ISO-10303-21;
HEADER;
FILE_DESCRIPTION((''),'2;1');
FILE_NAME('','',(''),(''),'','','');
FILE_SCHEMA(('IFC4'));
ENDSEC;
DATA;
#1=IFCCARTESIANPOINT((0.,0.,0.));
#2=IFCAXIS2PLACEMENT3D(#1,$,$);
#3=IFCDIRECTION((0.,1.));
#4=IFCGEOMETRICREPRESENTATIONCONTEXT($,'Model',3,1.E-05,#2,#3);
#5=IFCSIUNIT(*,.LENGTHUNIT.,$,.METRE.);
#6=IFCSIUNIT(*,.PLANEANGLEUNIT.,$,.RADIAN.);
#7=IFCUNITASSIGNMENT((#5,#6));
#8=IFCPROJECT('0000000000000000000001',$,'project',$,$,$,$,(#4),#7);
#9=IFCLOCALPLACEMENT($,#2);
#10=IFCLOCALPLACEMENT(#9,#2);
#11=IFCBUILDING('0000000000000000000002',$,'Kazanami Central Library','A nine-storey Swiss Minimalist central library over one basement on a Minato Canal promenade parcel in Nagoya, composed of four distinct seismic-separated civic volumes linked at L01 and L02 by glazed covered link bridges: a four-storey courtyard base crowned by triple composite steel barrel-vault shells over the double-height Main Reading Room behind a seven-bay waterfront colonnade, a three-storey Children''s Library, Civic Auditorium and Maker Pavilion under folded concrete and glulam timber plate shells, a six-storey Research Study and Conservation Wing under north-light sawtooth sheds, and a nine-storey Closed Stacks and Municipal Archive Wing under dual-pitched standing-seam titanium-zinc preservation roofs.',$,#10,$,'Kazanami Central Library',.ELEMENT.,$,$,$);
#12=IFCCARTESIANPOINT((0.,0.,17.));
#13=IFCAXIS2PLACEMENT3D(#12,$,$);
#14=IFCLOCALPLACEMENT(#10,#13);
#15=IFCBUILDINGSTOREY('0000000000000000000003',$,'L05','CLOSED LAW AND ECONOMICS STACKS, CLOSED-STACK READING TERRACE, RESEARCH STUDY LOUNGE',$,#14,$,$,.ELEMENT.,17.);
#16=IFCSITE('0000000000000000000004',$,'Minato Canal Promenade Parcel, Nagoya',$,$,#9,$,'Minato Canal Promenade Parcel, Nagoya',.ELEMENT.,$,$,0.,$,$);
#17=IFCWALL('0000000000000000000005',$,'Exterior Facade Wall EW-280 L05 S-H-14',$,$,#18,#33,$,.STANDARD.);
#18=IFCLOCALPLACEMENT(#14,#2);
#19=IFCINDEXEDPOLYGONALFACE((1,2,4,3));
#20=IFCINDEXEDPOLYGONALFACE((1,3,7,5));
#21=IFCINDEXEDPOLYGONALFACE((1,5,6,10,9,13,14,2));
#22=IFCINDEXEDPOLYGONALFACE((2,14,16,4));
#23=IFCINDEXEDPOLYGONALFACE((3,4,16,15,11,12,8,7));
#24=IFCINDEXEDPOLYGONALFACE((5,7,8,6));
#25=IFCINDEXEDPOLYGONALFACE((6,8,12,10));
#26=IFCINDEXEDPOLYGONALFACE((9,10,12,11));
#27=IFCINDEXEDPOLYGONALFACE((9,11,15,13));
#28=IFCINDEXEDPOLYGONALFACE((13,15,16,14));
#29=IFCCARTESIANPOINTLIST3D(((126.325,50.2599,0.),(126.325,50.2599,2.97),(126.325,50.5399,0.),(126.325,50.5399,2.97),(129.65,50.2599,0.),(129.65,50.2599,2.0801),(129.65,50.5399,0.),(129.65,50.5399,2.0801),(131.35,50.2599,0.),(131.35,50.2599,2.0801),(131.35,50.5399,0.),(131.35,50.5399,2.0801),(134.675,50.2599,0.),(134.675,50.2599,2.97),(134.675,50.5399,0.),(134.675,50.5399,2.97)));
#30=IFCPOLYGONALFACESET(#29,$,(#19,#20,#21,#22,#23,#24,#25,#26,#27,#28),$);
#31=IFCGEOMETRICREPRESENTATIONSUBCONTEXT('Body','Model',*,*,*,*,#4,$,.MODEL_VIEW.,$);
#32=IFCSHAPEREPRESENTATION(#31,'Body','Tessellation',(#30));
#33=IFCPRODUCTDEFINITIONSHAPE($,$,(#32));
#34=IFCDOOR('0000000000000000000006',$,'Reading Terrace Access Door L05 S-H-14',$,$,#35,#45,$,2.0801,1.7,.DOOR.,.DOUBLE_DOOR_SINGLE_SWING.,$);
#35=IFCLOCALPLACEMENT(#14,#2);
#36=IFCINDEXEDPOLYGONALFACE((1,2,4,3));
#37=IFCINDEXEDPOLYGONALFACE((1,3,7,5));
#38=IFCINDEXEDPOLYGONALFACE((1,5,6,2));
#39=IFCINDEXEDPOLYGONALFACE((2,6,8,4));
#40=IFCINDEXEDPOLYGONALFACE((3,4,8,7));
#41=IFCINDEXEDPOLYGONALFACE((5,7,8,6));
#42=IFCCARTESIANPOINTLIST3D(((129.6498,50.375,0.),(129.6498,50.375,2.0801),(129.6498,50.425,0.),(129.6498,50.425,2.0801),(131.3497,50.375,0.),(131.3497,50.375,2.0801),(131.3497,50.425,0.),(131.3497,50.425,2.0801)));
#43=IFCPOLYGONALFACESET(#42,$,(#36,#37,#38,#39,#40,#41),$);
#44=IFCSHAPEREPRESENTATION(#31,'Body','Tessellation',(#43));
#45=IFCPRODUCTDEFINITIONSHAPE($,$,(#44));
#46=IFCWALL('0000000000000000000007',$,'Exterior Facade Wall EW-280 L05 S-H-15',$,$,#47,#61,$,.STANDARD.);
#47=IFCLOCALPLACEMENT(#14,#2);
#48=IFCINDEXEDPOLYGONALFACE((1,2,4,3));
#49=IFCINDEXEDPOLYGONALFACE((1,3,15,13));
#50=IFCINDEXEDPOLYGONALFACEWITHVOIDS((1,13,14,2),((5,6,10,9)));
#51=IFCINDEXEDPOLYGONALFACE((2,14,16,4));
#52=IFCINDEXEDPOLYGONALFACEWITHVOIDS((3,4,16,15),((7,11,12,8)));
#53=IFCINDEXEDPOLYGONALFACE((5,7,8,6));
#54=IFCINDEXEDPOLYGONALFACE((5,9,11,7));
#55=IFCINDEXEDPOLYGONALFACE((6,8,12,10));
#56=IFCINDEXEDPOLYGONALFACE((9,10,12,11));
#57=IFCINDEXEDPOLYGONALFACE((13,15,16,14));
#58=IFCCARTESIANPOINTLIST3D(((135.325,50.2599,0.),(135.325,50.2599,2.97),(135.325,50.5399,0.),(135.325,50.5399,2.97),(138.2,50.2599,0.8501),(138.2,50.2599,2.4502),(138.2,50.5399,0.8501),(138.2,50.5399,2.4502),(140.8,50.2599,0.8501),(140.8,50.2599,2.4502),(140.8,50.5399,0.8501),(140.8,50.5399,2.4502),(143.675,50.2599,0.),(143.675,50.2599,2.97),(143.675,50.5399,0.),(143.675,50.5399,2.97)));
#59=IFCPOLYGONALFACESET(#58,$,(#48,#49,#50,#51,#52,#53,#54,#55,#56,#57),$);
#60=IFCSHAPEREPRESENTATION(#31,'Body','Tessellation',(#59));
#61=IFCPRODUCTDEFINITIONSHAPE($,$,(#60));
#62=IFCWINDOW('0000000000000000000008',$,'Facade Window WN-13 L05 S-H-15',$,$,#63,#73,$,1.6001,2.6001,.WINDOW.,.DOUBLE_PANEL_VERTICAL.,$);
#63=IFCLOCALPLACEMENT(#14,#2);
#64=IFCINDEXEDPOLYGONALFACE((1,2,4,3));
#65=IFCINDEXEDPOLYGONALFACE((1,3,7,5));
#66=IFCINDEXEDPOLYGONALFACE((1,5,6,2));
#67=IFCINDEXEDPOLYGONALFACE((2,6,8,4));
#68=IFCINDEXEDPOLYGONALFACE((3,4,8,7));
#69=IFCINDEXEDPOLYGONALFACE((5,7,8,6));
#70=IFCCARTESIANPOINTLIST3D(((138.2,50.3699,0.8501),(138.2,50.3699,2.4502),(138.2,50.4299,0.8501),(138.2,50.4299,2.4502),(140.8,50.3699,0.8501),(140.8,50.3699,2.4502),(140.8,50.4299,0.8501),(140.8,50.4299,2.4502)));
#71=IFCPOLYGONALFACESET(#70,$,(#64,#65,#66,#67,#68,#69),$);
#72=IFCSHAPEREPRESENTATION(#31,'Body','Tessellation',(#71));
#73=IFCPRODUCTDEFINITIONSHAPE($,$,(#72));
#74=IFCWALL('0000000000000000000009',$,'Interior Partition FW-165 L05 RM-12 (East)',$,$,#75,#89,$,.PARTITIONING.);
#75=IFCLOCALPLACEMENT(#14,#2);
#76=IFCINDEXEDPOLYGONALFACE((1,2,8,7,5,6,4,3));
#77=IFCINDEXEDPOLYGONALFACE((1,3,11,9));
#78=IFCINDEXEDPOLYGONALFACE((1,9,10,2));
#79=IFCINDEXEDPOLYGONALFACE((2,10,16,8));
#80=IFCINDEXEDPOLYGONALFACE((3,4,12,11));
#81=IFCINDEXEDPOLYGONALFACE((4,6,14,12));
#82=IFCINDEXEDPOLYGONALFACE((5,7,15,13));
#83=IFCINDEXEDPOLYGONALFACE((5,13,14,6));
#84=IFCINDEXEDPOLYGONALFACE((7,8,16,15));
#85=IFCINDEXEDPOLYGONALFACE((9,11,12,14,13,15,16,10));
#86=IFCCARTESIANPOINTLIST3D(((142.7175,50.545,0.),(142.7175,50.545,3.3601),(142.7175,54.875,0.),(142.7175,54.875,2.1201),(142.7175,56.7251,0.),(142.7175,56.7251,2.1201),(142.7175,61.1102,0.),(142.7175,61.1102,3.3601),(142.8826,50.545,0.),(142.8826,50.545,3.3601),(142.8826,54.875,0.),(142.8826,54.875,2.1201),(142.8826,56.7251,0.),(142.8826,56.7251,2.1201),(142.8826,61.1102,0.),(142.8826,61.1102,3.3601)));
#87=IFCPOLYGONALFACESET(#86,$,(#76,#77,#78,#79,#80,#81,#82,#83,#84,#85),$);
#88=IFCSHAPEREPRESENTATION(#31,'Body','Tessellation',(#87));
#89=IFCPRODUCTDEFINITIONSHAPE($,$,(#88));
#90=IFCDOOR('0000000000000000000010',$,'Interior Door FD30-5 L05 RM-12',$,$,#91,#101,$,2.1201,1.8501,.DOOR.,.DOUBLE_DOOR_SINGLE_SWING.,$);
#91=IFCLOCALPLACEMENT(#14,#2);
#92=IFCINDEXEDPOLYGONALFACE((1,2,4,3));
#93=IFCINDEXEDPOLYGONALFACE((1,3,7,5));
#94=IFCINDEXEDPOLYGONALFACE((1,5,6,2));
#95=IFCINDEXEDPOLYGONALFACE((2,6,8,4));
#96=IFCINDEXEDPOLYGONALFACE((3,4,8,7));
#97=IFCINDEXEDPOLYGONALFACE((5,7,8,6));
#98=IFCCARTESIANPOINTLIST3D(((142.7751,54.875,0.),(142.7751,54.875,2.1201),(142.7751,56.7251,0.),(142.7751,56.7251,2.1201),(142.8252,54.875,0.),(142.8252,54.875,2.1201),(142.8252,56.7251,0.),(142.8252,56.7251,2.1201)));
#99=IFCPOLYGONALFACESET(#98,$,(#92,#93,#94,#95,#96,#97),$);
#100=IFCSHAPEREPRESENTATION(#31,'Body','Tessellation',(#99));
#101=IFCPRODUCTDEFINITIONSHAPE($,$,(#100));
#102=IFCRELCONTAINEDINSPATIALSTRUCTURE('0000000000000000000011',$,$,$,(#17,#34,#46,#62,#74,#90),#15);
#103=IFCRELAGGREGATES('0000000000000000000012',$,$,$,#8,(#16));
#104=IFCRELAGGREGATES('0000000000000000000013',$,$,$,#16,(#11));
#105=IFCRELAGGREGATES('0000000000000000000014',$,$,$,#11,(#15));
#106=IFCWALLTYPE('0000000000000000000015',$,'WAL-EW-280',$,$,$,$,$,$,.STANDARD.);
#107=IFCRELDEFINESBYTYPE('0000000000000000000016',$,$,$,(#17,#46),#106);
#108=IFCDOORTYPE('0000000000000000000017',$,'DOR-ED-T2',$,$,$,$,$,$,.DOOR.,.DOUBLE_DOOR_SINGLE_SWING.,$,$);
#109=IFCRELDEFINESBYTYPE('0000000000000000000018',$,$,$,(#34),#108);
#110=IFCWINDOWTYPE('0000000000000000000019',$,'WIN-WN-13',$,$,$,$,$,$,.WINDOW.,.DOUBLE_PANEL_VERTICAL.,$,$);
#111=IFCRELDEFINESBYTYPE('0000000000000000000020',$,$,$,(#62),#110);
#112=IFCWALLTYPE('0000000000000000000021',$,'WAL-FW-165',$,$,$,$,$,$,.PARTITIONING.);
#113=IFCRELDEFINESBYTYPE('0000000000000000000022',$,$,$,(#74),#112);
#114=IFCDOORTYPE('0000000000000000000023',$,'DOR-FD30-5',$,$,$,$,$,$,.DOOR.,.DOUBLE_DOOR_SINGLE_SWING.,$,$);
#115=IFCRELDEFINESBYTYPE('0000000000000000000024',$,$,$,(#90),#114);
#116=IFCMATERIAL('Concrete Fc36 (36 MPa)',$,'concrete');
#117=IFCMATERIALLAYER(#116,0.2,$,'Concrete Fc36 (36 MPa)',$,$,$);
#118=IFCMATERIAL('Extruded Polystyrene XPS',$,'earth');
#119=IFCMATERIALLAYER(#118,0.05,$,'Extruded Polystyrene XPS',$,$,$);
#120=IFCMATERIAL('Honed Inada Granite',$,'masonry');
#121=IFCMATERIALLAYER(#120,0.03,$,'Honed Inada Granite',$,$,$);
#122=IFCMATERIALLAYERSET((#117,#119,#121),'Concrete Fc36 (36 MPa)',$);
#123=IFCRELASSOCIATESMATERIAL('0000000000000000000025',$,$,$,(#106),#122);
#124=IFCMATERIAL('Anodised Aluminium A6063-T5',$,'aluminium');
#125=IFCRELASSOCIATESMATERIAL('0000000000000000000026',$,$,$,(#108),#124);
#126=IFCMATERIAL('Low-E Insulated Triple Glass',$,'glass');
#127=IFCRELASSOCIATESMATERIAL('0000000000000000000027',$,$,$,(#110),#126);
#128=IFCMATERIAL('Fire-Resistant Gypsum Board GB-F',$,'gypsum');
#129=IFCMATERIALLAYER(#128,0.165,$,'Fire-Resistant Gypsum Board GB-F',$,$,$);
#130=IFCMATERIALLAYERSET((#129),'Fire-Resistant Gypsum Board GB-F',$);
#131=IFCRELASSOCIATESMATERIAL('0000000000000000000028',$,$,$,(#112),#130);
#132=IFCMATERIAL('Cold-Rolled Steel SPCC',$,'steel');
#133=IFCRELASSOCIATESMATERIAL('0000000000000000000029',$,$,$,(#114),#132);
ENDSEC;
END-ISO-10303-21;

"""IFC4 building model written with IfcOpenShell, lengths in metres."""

from ifc_helpers import new_model, si_unit, direction, frame, frame_2d, origin, place, context, subcontext, project, spatial, rectangle, extrude, material, layer, layer_set, type_object, element, fill, save


model = new_model("IFC4")

# Units and contexts
model_context = context("Model", 3, precision=1e-05, world=origin(), true_north=direction((0.0, 1.0)))
body_context = subcontext(model_context, "Body", "Model", "MODEL_VIEW")
ifc_project = project(units=[si_unit("LENGTHUNIT", "METRE"), si_unit("PLANEANGLEUNIT", "RADIAN")], contexts=[model_context])

# Site, building, storey
site_placement = place(None, origin())
site = spatial("IfcSite", under=ifc_project, at=site_placement, Name="Minato Canal Promenade Parcel, Nagoya", LongName="Minato Canal Promenade Parcel, Nagoya", CompositionType="ELEMENT", RefElevation=0.0)
building_placement = place(site_placement, origin())
building = spatial("IfcBuilding", under=site, at=building_placement, Name="Kazanami Central Library", Description="A nine-storey Swiss Minimalist central library over one basement on a Minato Canal promenade parcel in Nagoya, composed of four distinct seismic-separated civic volumes linked at L01 and L02 by glazed covered link bridges: a four-storey courtyard base crowned by triple composite steel barrel-vault shells over the double-height Main Reading Room behind a seven-bay waterfront colonnade, a three-storey Children's Library, Civic Auditorium and Maker Pavilion under folded concrete and glulam timber plate shells, a six-storey Research Study and Conservation Wing under north-light sawtooth sheds, and a nine-storey Closed Stacks and Municipal Archive Wing under dual-pitched standing-seam titanium-zinc preservation roofs.", LongName="Kazanami Central Library", CompositionType="ELEMENT")
storey_placement = place(building_placement, frame((0.0, 0.0, 17.0)))
storey = spatial("IfcBuildingStorey", under=building, at=storey_placement, Name="L05", Description="CLOSED LAW AND ECONOMICS STACKS, CLOSED-STACK READING TERRACE, RESEARCH STUDY LOUNGE", CompositionType="ELEMENT", Elevation=17.0)

# Wall, opening, door
ifc_material_1 = material(Name="Concrete Fc36 (36 MPa)", Category="concrete")
ifc_layer_1 = layer(ifc_material_1, 0.2, Name="Concrete Fc36 (36 MPa)")
ifc_material_2 = material(Name="Extruded Polystyrene XPS", Category="earth")
ifc_layer_2 = layer(ifc_material_2, 0.05, Name="Extruded Polystyrene XPS")
ifc_material_3 = material(Name="Honed Inada Granite", Category="masonry")
ifc_layer_3 = layer(ifc_material_3, 0.03, Name="Honed Inada Granite")
ifc_layer_set_1 = layer_set([ifc_layer_1, ifc_layer_2, ifc_layer_3], Name="Concrete Fc36 (36 MPa)")
wall_type_1 = type_object("IfcWallType", Name="WAL-EW-280", PredefinedType="STANDARD", material=ifc_layer_set_1)
wall_1_placement = place(storey_placement, frame((126.325, 50.3999, 0.0), z_axis=(0.0, 0.0, 1.0), x_axis=(1.0, 0.0, 0.0)))
wall_1 = element("IfcWall", 1, at=wall_1_placement, inside=storey, type_object=wall_type_1, Name="Exterior Facade Wall EW-280 L05 S-H-14", PredefinedType="STANDARD", context=body_context, shape_type="SweptSolid", body=[
    extrude(rectangle(XDim=8.3501, YDim=0.28, at=frame_2d((4.175, 0.0))), origin(), (0.0, 0.0, 1.0), 2.97),
])
opening_1_placement = place(wall_1_placement, frame((3.325, 0.0, 0.0)))
opening_1 = element("IfcOpeningElement", 2, at=opening_1_placement, cuts=wall_1, PredefinedType="OPENING", context=body_context, shape_type="SweptSolid", body=[
    extrude(rectangle(XDim=1.7, YDim=2.0801, at=frame_2d((0.8501, 1.04))), frame((0.0, 0.1519, 0.0), z_axis=(0.0, -1.0, 0.0), x_axis=(1.0, 0.0, 0.0)), (0.0, 0.0, 1.0), 0.304),
])
ifc_material_4 = material(Name="Anodised Aluminium A6063-T5", Category="aluminium")
door_type_1 = type_object("IfcDoorType", Name="DOR-ED-T2", OperationType="DOUBLE_DOOR_SINGLE_SWING", PredefinedType="DOOR", material=ifc_material_4)
door_1_placement = place(opening_1_placement, frame((1.7, 0.0, 0.0), z_axis=(0.0, 0.0, 1.0), x_axis=(-1.0, 0.0, 0.0)))
door_1 = element("IfcDoor", 3, at=door_1_placement, inside=storey, type_object=door_type_1, Name="Reading Terrace Access Door L05 S-H-14", OperationType="DOUBLE_DOOR_SINGLE_SWING", OverallHeight=2.0801, OverallWidth=1.7, PredefinedType="DOOR", context=body_context, shape_type="SweptSolid", body=[
    extrude(rectangle(XDim=1.7, YDim=2.0801, at=frame_2d((0.8501, 1.04))), frame((0.0, 0.0249, 0.0), z_axis=(0.0, -1.0, 0.0), x_axis=(1.0, 0.0, 0.0)), (0.0, 0.0, 1.0), 0.05),
])
fill(opening_1, door_1)

# Wall, opening, window
wall_2_placement = place(storey_placement, frame((135.325, 50.3999, 0.0), z_axis=(0.0, 0.0, 1.0), x_axis=(1.0, 0.0, 0.0)))
wall_2 = element("IfcWall", 4, at=wall_2_placement, inside=storey, type_object=wall_type_1, Name="Exterior Facade Wall EW-280 L05 S-H-15", PredefinedType="STANDARD", context=body_context, shape_type="SweptSolid", body=[
    extrude(rectangle(XDim=8.3501, YDim=0.28, at=frame_2d((4.175, 0.0))), origin(), (0.0, 0.0, 1.0), 2.97),
])
opening_2_placement = place(wall_2_placement, frame((2.875, 0.0, 0.8501)))
opening_2 = element("IfcOpeningElement", 5, at=opening_2_placement, cuts=wall_2, PredefinedType="OPENING", context=body_context, shape_type="SweptSolid", body=[
    extrude(rectangle(XDim=2.6001, YDim=1.6001, at=frame_2d((1.3, 0.8))), frame((0.0, 0.1519, 0.0), z_axis=(0.0, -1.0, 0.0), x_axis=(1.0, 0.0, 0.0)), (0.0, 0.0, 1.0), 0.304),
])
ifc_material_5 = material(Name="Low-E Insulated Triple Glass", Category="glass")
window_type = type_object("IfcWindowType", Name="WIN-WN-13", PartitioningType="DOUBLE_PANEL_VERTICAL", PredefinedType="WINDOW", material=ifc_material_5)
window_placement = place(opening_2_placement, origin())
window = element("IfcWindow", 6, at=window_placement, inside=storey, type_object=window_type, Name="Facade Window WN-13 L05 S-H-15", OverallHeight=1.6001, OverallWidth=2.6001, PartitioningType="DOUBLE_PANEL_VERTICAL", PredefinedType="WINDOW", context=body_context, shape_type="SweptSolid", body=[
    extrude(rectangle(XDim=2.6001, YDim=1.6001, at=frame_2d((1.3, 0.8))), frame((0.0, 0.03, 0.0), z_axis=(0.0, -1.0, 0.0), x_axis=(1.0, 0.0, 0.0)), (0.0, 0.0, 1.0), 0.0601),
])
fill(opening_2, window)

# Wall, opening, door
ifc_material_6 = material(Name="Fire-Resistant Gypsum Board GB-F", Category="gypsum")
ifc_layer_4 = layer(ifc_material_6, 0.165, Name="Fire-Resistant Gypsum Board GB-F")
ifc_layer_set_2 = layer_set([ifc_layer_4], Name="Fire-Resistant Gypsum Board GB-F")
wall_type_2 = type_object("IfcWallType", Name="WAL-FW-165", PredefinedType="PARTITIONING", material=ifc_layer_set_2)
wall_3_placement = place(storey_placement, frame((142.8, 50.5449, 0.0), z_axis=(0.0, 0.0, 1.0), x_axis=(0.0, 1.0, 0.0)))
wall_3 = element("IfcWall", 7, at=wall_3_placement, inside=storey, type_object=wall_type_2, Name="Interior Partition FW-165 L05 RM-12 (East)", PredefinedType="PARTITIONING", context=body_context, shape_type="SweptSolid", body=[
    extrude(rectangle(XDim=10.5652, YDim=0.165, at=frame_2d((5.2827, 0.0))), origin(), (0.0, 0.0, 1.0), 3.3601),
])
opening_3_placement = place(wall_3_placement, frame((4.3301, 0.0, 0.0)))
opening_3 = element("IfcOpeningElement", 8, at=opening_3_placement, cuts=wall_3, PredefinedType="OPENING", context=body_context, shape_type="SweptSolid", body=[
    extrude(rectangle(XDim=1.8501, YDim=2.1201, at=frame_2d((0.925, 1.0601))), frame((0.0, 0.0945, 0.0), z_axis=(0.0, -1.0, 0.0), x_axis=(1.0, 0.0, 0.0)), (0.0, 0.0, 1.0), 0.189),
])
ifc_material_7 = material(Name="Cold-Rolled Steel SPCC", Category="steel")
door_type_2 = type_object("IfcDoorType", Name="DOR-FD30-5", OperationType="DOUBLE_DOOR_SINGLE_SWING", PredefinedType="DOOR", material=ifc_material_7)
door_2_placement = place(opening_3_placement, origin())
door_2 = element("IfcDoor", 9, at=door_2_placement, inside=storey, type_object=door_type_2, Name="Interior Door FD30-5 L05 RM-12", OperationType="DOUBLE_DOOR_SINGLE_SWING", OverallHeight=2.1201, OverallWidth=1.8501, PredefinedType="DOOR", context=body_context, shape_type="SweptSolid", body=[
    extrude(rectangle(XDim=1.8501, YDim=2.1201, at=frame_2d((0.925, 1.0601))), frame((0.0, 0.0249, 0.0), z_axis=(0.0, -1.0, 0.0), x_axis=(1.0, 0.0, 0.0)), (0.0, 0.0, 1.0), 0.05),
])
fill(opening_3, door_2)

save(model, "model.ifc")
